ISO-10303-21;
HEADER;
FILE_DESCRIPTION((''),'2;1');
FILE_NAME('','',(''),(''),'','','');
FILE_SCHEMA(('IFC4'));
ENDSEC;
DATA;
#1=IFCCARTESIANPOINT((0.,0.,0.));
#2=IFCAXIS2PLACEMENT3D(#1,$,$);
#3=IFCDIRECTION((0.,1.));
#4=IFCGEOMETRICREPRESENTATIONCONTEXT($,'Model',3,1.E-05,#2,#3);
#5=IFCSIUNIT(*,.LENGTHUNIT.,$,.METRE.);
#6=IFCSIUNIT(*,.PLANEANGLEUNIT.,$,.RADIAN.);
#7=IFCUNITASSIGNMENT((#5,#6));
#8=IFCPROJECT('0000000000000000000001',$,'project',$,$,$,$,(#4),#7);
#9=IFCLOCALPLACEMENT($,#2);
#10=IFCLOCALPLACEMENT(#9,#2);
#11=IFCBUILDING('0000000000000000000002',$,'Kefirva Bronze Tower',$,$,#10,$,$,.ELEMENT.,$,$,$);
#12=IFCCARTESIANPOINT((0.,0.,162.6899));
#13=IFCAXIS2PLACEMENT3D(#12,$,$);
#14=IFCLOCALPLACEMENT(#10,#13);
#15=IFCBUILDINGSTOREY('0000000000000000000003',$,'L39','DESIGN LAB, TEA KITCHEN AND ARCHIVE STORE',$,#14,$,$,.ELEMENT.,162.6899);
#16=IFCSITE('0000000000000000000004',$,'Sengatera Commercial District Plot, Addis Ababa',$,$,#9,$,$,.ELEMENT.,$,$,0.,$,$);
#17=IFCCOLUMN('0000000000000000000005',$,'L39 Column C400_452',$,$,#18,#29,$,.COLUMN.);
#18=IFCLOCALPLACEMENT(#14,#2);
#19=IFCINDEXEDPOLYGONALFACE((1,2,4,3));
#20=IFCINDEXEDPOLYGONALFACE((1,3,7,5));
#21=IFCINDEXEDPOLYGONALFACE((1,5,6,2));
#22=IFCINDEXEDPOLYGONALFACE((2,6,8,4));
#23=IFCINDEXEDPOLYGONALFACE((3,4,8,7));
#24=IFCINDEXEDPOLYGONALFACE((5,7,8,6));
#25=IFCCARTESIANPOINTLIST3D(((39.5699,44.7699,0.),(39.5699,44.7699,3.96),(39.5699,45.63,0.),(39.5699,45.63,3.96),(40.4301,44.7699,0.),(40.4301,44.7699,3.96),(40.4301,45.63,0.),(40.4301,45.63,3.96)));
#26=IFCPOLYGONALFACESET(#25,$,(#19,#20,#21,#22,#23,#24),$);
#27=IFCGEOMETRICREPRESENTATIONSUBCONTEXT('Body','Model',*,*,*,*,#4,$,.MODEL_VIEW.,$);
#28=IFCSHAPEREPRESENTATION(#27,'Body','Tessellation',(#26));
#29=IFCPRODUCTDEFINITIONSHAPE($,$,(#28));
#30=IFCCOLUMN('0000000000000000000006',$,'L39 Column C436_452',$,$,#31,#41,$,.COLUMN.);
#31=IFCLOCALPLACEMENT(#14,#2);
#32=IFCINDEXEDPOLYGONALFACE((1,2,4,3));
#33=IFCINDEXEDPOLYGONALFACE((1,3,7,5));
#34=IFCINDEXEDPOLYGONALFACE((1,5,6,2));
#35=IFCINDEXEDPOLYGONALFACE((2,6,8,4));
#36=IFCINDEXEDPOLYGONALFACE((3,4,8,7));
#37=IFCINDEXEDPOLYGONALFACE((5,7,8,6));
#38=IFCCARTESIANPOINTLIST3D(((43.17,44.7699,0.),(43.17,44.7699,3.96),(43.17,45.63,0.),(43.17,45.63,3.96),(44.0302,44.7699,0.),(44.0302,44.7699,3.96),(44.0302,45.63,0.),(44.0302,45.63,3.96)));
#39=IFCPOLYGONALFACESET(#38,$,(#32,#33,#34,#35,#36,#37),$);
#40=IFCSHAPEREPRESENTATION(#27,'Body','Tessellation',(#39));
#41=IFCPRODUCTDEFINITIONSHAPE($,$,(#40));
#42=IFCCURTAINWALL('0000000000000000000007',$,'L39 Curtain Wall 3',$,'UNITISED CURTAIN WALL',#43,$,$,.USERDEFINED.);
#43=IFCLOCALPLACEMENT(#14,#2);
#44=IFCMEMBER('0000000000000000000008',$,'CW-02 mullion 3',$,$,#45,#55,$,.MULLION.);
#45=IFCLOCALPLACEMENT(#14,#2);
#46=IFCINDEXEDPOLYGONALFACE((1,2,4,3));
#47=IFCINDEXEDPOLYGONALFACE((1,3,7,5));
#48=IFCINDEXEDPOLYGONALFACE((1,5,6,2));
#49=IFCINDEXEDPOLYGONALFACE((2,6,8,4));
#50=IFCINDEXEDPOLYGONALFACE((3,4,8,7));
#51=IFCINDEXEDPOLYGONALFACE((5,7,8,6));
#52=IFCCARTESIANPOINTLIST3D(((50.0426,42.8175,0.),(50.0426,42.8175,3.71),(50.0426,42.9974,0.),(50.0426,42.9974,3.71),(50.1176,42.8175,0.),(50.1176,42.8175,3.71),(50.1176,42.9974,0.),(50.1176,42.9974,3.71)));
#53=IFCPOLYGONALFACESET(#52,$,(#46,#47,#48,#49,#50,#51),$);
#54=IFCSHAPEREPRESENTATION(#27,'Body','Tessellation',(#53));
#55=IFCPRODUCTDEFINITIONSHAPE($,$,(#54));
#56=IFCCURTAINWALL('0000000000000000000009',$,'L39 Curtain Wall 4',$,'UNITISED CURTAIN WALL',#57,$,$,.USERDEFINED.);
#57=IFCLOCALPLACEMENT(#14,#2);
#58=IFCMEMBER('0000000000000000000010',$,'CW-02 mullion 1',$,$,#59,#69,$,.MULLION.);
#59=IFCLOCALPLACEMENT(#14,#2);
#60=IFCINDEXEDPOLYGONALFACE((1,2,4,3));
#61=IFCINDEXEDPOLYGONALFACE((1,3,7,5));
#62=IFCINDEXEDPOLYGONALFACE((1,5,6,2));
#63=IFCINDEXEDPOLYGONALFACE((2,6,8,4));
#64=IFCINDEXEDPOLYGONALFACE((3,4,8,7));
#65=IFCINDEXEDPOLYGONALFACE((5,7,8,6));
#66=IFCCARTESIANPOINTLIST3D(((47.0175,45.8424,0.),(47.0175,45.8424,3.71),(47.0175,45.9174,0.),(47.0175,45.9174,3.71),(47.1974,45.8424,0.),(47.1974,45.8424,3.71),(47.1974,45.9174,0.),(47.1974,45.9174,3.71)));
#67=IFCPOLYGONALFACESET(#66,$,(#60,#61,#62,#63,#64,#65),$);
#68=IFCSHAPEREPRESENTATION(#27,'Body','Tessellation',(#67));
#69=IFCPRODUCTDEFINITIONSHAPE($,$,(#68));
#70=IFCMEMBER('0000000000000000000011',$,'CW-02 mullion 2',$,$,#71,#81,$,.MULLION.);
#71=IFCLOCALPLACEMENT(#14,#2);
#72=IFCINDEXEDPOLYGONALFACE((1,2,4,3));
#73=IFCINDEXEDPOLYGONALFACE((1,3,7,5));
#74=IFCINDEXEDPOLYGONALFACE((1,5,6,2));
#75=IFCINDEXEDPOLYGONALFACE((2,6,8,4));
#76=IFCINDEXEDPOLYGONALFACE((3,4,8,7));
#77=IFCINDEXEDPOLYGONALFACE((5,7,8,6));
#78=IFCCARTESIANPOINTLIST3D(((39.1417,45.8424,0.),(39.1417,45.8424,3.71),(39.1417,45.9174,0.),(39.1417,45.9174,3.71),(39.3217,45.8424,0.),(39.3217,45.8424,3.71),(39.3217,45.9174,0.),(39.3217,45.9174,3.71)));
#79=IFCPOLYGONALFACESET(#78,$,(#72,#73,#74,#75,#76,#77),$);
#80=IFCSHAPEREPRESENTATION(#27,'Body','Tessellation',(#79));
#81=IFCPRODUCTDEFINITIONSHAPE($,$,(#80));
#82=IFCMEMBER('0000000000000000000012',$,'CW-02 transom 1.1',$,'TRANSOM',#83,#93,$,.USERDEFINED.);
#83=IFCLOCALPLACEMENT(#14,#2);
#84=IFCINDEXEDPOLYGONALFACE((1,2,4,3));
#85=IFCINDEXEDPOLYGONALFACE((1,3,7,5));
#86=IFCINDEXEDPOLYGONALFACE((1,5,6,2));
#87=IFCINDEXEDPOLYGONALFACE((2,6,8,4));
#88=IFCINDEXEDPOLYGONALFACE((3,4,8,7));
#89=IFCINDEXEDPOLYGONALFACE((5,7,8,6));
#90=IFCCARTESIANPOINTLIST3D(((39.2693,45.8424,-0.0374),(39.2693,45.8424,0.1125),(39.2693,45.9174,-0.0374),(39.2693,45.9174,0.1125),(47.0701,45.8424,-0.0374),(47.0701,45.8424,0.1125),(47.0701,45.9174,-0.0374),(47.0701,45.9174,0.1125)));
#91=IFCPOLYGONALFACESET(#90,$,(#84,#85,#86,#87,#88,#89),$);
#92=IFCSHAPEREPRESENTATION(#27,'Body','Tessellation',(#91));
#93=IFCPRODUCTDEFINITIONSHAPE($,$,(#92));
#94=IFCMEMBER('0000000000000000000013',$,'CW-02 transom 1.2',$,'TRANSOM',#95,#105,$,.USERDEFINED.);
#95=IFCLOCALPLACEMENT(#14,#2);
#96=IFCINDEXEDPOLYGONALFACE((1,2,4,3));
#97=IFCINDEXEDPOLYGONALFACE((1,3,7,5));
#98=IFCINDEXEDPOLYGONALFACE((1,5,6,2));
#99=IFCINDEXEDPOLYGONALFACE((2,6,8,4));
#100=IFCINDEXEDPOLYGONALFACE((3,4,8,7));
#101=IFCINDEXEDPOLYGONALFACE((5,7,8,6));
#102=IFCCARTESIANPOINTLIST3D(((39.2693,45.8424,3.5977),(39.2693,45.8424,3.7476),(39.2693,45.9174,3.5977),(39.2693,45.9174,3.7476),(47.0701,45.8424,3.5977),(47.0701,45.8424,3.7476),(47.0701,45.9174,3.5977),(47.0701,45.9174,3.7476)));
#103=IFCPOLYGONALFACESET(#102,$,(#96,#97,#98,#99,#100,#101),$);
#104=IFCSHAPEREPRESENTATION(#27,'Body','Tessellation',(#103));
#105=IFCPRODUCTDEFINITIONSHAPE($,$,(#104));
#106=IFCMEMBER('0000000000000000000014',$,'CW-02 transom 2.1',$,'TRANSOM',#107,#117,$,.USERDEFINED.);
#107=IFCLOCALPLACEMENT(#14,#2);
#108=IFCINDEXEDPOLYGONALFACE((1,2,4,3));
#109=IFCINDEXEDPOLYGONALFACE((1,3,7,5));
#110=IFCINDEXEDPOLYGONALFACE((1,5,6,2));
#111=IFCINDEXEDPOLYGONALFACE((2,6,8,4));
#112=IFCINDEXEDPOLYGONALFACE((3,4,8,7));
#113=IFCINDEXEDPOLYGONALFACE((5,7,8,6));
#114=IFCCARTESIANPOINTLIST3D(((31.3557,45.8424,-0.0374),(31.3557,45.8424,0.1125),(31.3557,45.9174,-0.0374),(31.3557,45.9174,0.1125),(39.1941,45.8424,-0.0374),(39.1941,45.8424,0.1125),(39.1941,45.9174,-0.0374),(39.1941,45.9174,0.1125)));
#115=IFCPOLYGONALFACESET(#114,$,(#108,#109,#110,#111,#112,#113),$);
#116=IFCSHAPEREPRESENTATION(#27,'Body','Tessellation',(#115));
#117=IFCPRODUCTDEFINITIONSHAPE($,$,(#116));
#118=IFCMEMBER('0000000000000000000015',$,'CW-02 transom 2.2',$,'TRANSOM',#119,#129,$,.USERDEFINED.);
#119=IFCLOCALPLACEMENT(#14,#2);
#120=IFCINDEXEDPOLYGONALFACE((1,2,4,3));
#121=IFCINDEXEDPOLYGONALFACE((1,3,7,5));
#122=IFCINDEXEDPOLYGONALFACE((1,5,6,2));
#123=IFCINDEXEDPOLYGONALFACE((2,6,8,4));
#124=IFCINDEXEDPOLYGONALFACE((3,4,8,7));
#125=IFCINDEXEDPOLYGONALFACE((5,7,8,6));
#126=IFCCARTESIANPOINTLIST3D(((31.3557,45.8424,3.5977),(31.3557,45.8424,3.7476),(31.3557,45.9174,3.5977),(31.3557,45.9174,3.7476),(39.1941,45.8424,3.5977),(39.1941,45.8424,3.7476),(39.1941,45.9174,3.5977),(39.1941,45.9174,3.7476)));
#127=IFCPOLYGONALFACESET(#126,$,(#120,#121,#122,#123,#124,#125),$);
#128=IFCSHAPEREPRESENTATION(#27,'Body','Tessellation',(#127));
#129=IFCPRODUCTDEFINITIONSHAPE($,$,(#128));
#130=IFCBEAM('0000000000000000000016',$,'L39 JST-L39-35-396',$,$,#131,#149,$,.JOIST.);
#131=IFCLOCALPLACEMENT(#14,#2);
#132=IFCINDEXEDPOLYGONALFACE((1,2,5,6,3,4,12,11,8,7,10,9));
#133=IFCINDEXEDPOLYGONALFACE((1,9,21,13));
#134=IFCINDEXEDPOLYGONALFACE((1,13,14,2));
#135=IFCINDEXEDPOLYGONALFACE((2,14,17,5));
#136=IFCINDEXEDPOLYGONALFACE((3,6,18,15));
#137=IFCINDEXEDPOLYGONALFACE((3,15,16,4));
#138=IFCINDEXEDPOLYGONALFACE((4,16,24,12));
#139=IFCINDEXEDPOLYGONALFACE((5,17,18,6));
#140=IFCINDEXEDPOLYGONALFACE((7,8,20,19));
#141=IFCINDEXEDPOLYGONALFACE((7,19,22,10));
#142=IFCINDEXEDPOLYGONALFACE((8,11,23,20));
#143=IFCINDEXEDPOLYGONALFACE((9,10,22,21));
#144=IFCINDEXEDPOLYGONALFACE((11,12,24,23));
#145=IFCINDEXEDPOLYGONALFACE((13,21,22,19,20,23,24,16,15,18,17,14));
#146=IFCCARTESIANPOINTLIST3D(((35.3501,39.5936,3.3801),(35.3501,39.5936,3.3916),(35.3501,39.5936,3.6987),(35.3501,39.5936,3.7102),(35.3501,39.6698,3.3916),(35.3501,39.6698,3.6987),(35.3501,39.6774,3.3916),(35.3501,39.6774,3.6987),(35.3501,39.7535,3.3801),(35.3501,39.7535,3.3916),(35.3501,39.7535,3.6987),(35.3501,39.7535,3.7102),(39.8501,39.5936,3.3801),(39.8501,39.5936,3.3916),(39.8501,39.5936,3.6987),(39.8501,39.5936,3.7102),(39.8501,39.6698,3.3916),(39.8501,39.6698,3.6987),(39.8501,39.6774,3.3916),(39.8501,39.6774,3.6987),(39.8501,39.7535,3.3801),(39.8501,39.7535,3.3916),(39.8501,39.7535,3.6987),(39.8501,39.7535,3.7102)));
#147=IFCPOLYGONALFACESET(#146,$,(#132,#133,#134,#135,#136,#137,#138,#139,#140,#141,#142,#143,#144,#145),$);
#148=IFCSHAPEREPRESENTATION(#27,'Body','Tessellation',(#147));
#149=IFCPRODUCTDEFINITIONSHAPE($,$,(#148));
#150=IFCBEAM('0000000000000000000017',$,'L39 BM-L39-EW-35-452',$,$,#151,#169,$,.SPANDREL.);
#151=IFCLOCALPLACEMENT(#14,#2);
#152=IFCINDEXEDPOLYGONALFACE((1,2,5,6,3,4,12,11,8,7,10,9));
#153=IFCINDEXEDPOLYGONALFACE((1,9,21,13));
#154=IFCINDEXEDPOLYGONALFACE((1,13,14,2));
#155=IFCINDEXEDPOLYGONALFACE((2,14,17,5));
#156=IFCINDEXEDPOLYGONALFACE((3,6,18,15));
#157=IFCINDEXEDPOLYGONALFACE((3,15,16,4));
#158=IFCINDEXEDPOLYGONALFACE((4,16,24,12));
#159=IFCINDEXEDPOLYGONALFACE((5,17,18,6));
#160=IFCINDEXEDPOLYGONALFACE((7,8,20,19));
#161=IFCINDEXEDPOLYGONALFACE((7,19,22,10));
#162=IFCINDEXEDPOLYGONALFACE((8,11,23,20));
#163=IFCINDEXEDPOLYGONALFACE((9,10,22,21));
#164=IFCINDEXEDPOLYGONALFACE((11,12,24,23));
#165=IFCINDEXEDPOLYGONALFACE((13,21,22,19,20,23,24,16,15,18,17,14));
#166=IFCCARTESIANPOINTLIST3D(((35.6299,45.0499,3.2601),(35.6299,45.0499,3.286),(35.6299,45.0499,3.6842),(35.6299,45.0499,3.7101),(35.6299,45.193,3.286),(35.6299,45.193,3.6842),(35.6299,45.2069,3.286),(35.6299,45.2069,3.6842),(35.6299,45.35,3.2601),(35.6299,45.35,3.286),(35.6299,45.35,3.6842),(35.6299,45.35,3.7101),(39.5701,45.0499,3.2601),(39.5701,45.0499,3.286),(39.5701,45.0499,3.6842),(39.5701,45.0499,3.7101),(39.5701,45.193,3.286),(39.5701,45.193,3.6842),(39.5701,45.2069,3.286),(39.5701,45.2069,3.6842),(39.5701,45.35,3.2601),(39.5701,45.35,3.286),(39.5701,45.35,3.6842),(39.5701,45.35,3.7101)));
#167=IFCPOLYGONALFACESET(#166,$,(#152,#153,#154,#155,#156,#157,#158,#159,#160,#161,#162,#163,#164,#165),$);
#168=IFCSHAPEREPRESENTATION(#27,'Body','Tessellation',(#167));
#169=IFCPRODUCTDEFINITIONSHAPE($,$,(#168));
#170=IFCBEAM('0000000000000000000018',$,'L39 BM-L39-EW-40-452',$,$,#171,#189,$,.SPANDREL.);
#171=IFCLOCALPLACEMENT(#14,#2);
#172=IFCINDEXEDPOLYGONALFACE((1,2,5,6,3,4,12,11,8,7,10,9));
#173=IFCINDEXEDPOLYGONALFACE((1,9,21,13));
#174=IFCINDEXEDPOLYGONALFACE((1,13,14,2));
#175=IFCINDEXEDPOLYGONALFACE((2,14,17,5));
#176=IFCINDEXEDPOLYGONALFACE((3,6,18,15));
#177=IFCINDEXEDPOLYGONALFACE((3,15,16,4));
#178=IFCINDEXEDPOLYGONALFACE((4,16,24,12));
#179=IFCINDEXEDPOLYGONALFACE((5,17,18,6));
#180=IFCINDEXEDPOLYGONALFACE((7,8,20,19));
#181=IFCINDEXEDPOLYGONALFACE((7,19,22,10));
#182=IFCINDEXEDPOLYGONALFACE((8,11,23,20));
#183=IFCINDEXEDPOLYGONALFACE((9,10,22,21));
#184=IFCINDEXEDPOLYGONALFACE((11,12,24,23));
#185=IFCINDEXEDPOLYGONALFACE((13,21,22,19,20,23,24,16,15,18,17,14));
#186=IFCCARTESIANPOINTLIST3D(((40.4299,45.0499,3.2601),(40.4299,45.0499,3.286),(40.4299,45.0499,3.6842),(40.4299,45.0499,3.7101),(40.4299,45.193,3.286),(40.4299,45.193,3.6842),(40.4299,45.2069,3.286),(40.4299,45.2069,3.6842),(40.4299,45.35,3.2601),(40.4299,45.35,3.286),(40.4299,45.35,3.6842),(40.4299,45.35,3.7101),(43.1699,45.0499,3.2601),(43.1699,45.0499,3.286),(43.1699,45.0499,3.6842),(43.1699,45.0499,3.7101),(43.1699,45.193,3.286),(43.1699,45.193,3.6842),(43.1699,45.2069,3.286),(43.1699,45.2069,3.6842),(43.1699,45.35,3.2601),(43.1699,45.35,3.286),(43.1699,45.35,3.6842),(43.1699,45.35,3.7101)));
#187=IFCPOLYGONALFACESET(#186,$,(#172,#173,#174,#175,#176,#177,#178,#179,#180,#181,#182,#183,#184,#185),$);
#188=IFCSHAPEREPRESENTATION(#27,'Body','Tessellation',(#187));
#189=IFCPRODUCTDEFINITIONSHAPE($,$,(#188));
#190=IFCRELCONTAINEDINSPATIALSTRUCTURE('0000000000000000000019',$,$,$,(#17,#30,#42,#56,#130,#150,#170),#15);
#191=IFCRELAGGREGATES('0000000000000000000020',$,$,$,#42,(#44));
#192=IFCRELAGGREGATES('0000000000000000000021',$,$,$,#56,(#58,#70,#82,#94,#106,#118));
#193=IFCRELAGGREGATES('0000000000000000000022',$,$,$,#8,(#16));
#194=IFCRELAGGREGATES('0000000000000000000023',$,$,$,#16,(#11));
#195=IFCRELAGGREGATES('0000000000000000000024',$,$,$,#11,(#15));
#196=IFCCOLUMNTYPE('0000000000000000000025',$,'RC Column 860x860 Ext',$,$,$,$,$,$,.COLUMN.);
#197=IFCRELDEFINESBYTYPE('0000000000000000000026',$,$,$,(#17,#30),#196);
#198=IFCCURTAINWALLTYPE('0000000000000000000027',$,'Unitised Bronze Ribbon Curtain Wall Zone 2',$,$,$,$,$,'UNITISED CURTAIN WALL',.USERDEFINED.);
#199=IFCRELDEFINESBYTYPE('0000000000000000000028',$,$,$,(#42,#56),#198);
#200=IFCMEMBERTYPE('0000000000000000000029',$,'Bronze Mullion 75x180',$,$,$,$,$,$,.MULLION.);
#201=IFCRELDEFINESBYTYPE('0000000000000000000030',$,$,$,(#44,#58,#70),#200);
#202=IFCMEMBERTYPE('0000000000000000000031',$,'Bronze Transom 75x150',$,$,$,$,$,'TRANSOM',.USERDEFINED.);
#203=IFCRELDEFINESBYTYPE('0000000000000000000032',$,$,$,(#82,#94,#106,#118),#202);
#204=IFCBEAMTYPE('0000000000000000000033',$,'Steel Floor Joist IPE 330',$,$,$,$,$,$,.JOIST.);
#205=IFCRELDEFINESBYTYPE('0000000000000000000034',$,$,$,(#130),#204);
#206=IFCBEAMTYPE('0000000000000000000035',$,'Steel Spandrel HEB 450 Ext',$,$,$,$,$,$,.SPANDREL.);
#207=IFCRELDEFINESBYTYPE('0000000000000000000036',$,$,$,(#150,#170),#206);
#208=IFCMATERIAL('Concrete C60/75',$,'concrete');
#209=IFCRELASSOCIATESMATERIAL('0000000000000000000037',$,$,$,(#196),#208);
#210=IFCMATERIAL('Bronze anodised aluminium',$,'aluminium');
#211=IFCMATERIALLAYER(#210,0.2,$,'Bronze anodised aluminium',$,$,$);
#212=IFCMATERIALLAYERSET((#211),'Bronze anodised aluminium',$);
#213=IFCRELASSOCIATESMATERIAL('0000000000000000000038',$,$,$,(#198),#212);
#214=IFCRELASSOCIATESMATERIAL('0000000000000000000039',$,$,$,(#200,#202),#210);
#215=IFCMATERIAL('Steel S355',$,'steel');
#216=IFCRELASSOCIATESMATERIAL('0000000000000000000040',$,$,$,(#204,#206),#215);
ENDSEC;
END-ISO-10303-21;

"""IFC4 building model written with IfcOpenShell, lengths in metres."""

from ifc_helpers import new_model, si_unit, direction, frame, origin, origin_2d, place, context, subcontext, project, spatial, rectangle, i_section, extrude, material, layer, layer_set, material_profile, profile_set, type_object, element, aggregate, save


model = new_model("IFC4")

# Units and contexts
model_context = context("Model", 3, precision=1e-05, world=origin(), true_north=direction((0.0, 1.0)))
body_context = subcontext(model_context, "Body", "Model", "MODEL_VIEW")
ifc_project = project(units=[si_unit("LENGTHUNIT", "METRE"), si_unit("PLANEANGLEUNIT", "RADIAN")], contexts=[model_context])

# Site, building, storey
site_placement = place(None, origin())
site = spatial("IfcSite", under=ifc_project, at=site_placement, Name="Sengatera Commercial District Plot, Addis Ababa", CompositionType="ELEMENT", RefElevation=0.0)
building_placement = place(site_placement, origin())
building = spatial("IfcBuilding", under=site, at=building_placement, Name="Kefirva Bronze Tower", CompositionType="ELEMENT")
storey_placement = place(building_placement, frame((0.0, 0.0, 162.6899)))
storey = spatial("IfcBuildingStorey", under=building, at=storey_placement, Name="L39", Description="DESIGN LAB, TEA KITCHEN AND ARCHIVE STORE", CompositionType="ELEMENT", Elevation=162.6899)

# Columns
ifc_material_1 = material(Name="Concrete C60/75", Category="concrete")
ifc_material_profile_1 = material_profile(ifc_material_1, rectangle(XDim=0.8601, YDim=0.8601, at=origin_2d()), Name="RC 860x860")
ifc_profile_set_1 = profile_set([ifc_material_profile_1], Name="Concrete C60/75")
column_type = type_object("IfcColumnType", Name="RC Column 860x860 Ext", PredefinedType="COLUMN", material=ifc_profile_set_1)
for number, where, z_axis, x_axis, name in (
    (1, (40.0, 45.2, 0.0), (0.0, 0.0, 1.0), (1.0, 0.0, 0.0), "L39 Column C400_452"),
    (2, (43.6001, 45.2, 0.0), (0.0, 0.0, 1.0), (1.0, 0.0, 0.0), "L39 Column C436_452"),
):
    element("IfcColumn", number, at=place(storey_placement, frame(where, z_axis=z_axis, x_axis=x_axis)), inside=storey, type_object=column_type, Name=name, PredefinedType="COLUMN", context=body_context, shape_type="SweptSolid", body=[
        extrude(rectangle(XDim=0.8601, YDim=0.8601, at=origin_2d()), origin(), (0.0, 0.0, 1.0), 3.96),
    ])

# Curtain wall, member
ifc_material_2 = material(Name="Bronze anodised aluminium", Category="aluminium")
ifc_layer_1 = layer(ifc_material_2, 0.2, Name="Bronze anodised aluminium")
ifc_layer_set_1 = layer_set([ifc_layer_1], Name="Bronze anodised aluminium")
curtain_wall_type = type_object("IfcCurtainWallType", Name="Unitised Bronze Ribbon Curtain Wall Zone 2", ElementType="UNITISED CURTAIN WALL", PredefinedType="USERDEFINED", material=ifc_layer_set_1)
curtain_wall_1_placement = place(storey_placement, origin())
curtain_wall_1 = element("IfcCurtainWall", 3, at=curtain_wall_1_placement, inside=storey, type_object=curtain_wall_type, Name="L39 Curtain Wall 3", ObjectType="UNITISED CURTAIN WALL", PredefinedType="USERDEFINED")
ifc_material_profile_2 = material_profile(ifc_material_2, rectangle(XDim=0.075, YDim=0.1799, at=origin_2d()), Name="ALU 75x180")
ifc_profile_set_2 = profile_set([ifc_material_profile_2], Name="Bronze anodised aluminium")
member_type_1 = type_object("IfcMemberType", Name="Bronze Mullion 75x180", PredefinedType="MULLION", material=ifc_profile_set_2)
member_1_placement = place(storey_placement, frame((50.0801, 42.9075, 0.0), z_axis=(0.0, 0.0, 1.0), x_axis=(-1.0, 0.0, 0.0)))
member_1 = element("IfcMember", 4, at=member_1_placement, type_object=member_type_1, Name="CW-02 mullion 3", PredefinedType="MULLION", context=body_context, shape_type="SweptSolid", body=[
    extrude(rectangle(XDim=0.075, YDim=0.1799, at=origin_2d()), origin(), (0.0, 0.0, 1.0), 3.71),
])
aggregate(curtain_wall_1, [member_1])

# Curtain wall, members
curtain_wall_2_placement = place(storey_placement, origin())
curtain_wall_2 = element("IfcCurtainWall", 5, at=curtain_wall_2_placement, inside=storey, type_object=curtain_wall_type, Name="L39 Curtain Wall 4", ObjectType="UNITISED CURTAIN WALL", PredefinedType="USERDEFINED")
member_2_placement = place(storey_placement, frame((47.1074, 45.8799, 0.0), z_axis=(0.0, 0.0, 1.0), x_axis=(0.0, -1.0, 0.0)))
member_2 = element("IfcMember", 6, at=member_2_placement, type_object=member_type_1, Name="CW-02 mullion 1", PredefinedType="MULLION", context=body_context, shape_type="SweptSolid", body=[
    extrude(rectangle(XDim=0.075, YDim=0.1799, at=origin_2d()), origin(), (0.0, 0.0, 1.0), 3.71),
])
member_3_placement = place(storey_placement, frame((39.2317, 45.8799, 0.0), z_axis=(0.0, 0.0, 1.0), x_axis=(0.0, -1.0, 0.0)))
member_3 = element("IfcMember", 7, at=member_3_placement, type_object=member_type_1, Name="CW-02 mullion 2", PredefinedType="MULLION", context=body_context, shape_type="SweptSolid", body=[
    extrude(rectangle(XDim=0.075, YDim=0.1799, at=origin_2d()), origin(), (0.0, 0.0, 1.0), 3.71),
])
ifc_material_profile_3 = material_profile(ifc_material_2, rectangle(XDim=0.075, YDim=0.1499, at=origin_2d()), Name="ALU 75x150")
ifc_profile_set_3 = profile_set([ifc_material_profile_3], Name="Bronze anodised aluminium")
member_type_2 = type_object("IfcMemberType", Name="Bronze Transom 75x150", ElementType="TRANSOM", PredefinedType="USERDEFINED", material=ifc_profile_set_3)
member_4_placement = place(storey_placement, frame((47.0701, 45.8799, 0.0376), z_axis=(-1.0, 0.0, 0.0), x_axis=(0.0, -1.0, 0.0)))
member_4 = element("IfcMember", 8, at=member_4_placement, type_object=member_type_2, Name="CW-02 transom 1.1", ObjectType="TRANSOM", PredefinedType="USERDEFINED", context=body_context, shape_type="SweptSolid", body=[
    extrude(rectangle(XDim=0.075, YDim=0.1499, at=origin_2d()), origin(), (0.0, 0.0, 1.0), 7.8008),
])
member_5_placement = place(storey_placement, frame((47.0701, 45.8799, 3.6726), z_axis=(-1.0, 0.0, 0.0), x_axis=(0.0, -1.0, 0.0)))
member_5 = element("IfcMember", 9, at=member_5_placement, type_object=member_type_2, Name="CW-02 transom 1.2", ObjectType="TRANSOM", PredefinedType="USERDEFINED", context=body_context, shape_type="SweptSolid", body=[
    extrude(rectangle(XDim=0.075, YDim=0.1499, at=origin_2d()), origin(), (0.0, 0.0, 1.0), 7.8008),
])
member_6_placement = place(storey_placement, frame((39.1941, 45.8799, 0.0376), z_axis=(-1.0, 0.0, 0.0), x_axis=(0.0, -1.0, 0.0)))
member_6 = element("IfcMember", 10, at=member_6_placement, type_object=member_type_2, Name="CW-02 transom 2.1", ObjectType="TRANSOM", PredefinedType="USERDEFINED", context=body_context, shape_type="SweptSolid", body=[
    extrude(rectangle(XDim=0.075, YDim=0.1499, at=origin_2d()), origin(), (0.0, 0.0, 1.0), 7.8384),
])
member_7_placement = place(storey_placement, frame((39.1941, 45.8799, 3.6726), z_axis=(-1.0, 0.0, 0.0), x_axis=(0.0, -1.0, 0.0)))
member_7 = element("IfcMember", 11, at=member_7_placement, type_object=member_type_2, Name="CW-02 transom 2.2", ObjectType="TRANSOM", PredefinedType="USERDEFINED", context=body_context, shape_type="SweptSolid", body=[
    extrude(rectangle(XDim=0.075, YDim=0.1499, at=origin_2d()), origin(), (0.0, 0.0, 1.0), 7.8384),
])

# Beams
ifc_material_3 = material(Name="Steel S355", Category="steel")
ifc_material_profile_4 = material_profile(ifc_material_3, i_section(OverallWidth=0.1599, OverallDepth=0.3301, WebThickness=0.0076, FlangeThickness=0.0115, at=origin_2d()), Name="IPE 330")
ifc_profile_set_4 = profile_set([ifc_material_profile_4], Name="Steel S355")
beam_type_1 = type_object("IfcBeamType", Name="Steel Floor Joist IPE 330", PredefinedType="JOIST", material=ifc_profile_set_4)
beam_1_placement = place(storey_placement, frame((35.3501, 39.6736, 3.5452), z_axis=(1.0, 0.0, 0.0), x_axis=(0.0, 1.0, 0.0)))
element("IfcBeam", 12, at=beam_1_placement, inside=storey, type_object=beam_type_1, Name="L39 JST-L39-35-396", PredefinedType="JOIST", context=body_context, shape_type="SweptSolid", body=[
    extrude(i_section(OverallWidth=0.1599, OverallDepth=0.3301, WebThickness=0.0076, FlangeThickness=0.0115, at=origin_2d()), origin(), (0.0, 0.0, 1.0), 4.5),
])
ifc_material_profile_5 = material_profile(ifc_material_3, i_section(OverallWidth=0.3, OverallDepth=0.45, WebThickness=0.0139, FlangeThickness=0.0259, at=origin_2d()), Name="HEB 450")
ifc_profile_set_5 = profile_set([ifc_material_profile_5], Name="Steel S355")
beam_type_2 = type_object("IfcBeamType", Name="Steel Spandrel HEB 450 Ext", PredefinedType="SPANDREL", material=ifc_profile_set_5)
beam_2_placement = place(storey_placement, frame((35.6299, 45.2, 3.4851), z_axis=(1.0, 0.0, 0.0), x_axis=(0.0, 1.0, 0.0)))
element("IfcBeam", 13, at=beam_2_placement, inside=storey, type_object=beam_type_2, Name="L39 BM-L39-EW-35-452", PredefinedType="SPANDREL", context=body_context, shape_type="SweptSolid", body=[
    extrude(i_section(OverallWidth=0.3, OverallDepth=0.45, WebThickness=0.0139, FlangeThickness=0.0259, at=origin_2d()), origin(), (0.0, 0.0, 1.0), 3.9402),
])
beam_3_placement = place(storey_placement, frame((40.4299, 45.2, 3.4851), z_axis=(1.0, 0.0, 0.0), x_axis=(0.0, 1.0, 0.0)))
element("IfcBeam", 14, at=beam_3_placement, inside=storey, type_object=beam_type_2, Name="L39 BM-L39-EW-40-452", PredefinedType="SPANDREL", context=body_context, shape_type="SweptSolid", body=[
    extrude(i_section(OverallWidth=0.3, OverallDepth=0.45, WebThickness=0.0139, FlangeThickness=0.0259, at=origin_2d()), origin(), (0.0, 0.0, 1.0), 2.74),
])

aggregate(curtain_wall_2, [member_2, member_3, member_4, member_5, member_6, member_7])

save(model, "model.ifc")
